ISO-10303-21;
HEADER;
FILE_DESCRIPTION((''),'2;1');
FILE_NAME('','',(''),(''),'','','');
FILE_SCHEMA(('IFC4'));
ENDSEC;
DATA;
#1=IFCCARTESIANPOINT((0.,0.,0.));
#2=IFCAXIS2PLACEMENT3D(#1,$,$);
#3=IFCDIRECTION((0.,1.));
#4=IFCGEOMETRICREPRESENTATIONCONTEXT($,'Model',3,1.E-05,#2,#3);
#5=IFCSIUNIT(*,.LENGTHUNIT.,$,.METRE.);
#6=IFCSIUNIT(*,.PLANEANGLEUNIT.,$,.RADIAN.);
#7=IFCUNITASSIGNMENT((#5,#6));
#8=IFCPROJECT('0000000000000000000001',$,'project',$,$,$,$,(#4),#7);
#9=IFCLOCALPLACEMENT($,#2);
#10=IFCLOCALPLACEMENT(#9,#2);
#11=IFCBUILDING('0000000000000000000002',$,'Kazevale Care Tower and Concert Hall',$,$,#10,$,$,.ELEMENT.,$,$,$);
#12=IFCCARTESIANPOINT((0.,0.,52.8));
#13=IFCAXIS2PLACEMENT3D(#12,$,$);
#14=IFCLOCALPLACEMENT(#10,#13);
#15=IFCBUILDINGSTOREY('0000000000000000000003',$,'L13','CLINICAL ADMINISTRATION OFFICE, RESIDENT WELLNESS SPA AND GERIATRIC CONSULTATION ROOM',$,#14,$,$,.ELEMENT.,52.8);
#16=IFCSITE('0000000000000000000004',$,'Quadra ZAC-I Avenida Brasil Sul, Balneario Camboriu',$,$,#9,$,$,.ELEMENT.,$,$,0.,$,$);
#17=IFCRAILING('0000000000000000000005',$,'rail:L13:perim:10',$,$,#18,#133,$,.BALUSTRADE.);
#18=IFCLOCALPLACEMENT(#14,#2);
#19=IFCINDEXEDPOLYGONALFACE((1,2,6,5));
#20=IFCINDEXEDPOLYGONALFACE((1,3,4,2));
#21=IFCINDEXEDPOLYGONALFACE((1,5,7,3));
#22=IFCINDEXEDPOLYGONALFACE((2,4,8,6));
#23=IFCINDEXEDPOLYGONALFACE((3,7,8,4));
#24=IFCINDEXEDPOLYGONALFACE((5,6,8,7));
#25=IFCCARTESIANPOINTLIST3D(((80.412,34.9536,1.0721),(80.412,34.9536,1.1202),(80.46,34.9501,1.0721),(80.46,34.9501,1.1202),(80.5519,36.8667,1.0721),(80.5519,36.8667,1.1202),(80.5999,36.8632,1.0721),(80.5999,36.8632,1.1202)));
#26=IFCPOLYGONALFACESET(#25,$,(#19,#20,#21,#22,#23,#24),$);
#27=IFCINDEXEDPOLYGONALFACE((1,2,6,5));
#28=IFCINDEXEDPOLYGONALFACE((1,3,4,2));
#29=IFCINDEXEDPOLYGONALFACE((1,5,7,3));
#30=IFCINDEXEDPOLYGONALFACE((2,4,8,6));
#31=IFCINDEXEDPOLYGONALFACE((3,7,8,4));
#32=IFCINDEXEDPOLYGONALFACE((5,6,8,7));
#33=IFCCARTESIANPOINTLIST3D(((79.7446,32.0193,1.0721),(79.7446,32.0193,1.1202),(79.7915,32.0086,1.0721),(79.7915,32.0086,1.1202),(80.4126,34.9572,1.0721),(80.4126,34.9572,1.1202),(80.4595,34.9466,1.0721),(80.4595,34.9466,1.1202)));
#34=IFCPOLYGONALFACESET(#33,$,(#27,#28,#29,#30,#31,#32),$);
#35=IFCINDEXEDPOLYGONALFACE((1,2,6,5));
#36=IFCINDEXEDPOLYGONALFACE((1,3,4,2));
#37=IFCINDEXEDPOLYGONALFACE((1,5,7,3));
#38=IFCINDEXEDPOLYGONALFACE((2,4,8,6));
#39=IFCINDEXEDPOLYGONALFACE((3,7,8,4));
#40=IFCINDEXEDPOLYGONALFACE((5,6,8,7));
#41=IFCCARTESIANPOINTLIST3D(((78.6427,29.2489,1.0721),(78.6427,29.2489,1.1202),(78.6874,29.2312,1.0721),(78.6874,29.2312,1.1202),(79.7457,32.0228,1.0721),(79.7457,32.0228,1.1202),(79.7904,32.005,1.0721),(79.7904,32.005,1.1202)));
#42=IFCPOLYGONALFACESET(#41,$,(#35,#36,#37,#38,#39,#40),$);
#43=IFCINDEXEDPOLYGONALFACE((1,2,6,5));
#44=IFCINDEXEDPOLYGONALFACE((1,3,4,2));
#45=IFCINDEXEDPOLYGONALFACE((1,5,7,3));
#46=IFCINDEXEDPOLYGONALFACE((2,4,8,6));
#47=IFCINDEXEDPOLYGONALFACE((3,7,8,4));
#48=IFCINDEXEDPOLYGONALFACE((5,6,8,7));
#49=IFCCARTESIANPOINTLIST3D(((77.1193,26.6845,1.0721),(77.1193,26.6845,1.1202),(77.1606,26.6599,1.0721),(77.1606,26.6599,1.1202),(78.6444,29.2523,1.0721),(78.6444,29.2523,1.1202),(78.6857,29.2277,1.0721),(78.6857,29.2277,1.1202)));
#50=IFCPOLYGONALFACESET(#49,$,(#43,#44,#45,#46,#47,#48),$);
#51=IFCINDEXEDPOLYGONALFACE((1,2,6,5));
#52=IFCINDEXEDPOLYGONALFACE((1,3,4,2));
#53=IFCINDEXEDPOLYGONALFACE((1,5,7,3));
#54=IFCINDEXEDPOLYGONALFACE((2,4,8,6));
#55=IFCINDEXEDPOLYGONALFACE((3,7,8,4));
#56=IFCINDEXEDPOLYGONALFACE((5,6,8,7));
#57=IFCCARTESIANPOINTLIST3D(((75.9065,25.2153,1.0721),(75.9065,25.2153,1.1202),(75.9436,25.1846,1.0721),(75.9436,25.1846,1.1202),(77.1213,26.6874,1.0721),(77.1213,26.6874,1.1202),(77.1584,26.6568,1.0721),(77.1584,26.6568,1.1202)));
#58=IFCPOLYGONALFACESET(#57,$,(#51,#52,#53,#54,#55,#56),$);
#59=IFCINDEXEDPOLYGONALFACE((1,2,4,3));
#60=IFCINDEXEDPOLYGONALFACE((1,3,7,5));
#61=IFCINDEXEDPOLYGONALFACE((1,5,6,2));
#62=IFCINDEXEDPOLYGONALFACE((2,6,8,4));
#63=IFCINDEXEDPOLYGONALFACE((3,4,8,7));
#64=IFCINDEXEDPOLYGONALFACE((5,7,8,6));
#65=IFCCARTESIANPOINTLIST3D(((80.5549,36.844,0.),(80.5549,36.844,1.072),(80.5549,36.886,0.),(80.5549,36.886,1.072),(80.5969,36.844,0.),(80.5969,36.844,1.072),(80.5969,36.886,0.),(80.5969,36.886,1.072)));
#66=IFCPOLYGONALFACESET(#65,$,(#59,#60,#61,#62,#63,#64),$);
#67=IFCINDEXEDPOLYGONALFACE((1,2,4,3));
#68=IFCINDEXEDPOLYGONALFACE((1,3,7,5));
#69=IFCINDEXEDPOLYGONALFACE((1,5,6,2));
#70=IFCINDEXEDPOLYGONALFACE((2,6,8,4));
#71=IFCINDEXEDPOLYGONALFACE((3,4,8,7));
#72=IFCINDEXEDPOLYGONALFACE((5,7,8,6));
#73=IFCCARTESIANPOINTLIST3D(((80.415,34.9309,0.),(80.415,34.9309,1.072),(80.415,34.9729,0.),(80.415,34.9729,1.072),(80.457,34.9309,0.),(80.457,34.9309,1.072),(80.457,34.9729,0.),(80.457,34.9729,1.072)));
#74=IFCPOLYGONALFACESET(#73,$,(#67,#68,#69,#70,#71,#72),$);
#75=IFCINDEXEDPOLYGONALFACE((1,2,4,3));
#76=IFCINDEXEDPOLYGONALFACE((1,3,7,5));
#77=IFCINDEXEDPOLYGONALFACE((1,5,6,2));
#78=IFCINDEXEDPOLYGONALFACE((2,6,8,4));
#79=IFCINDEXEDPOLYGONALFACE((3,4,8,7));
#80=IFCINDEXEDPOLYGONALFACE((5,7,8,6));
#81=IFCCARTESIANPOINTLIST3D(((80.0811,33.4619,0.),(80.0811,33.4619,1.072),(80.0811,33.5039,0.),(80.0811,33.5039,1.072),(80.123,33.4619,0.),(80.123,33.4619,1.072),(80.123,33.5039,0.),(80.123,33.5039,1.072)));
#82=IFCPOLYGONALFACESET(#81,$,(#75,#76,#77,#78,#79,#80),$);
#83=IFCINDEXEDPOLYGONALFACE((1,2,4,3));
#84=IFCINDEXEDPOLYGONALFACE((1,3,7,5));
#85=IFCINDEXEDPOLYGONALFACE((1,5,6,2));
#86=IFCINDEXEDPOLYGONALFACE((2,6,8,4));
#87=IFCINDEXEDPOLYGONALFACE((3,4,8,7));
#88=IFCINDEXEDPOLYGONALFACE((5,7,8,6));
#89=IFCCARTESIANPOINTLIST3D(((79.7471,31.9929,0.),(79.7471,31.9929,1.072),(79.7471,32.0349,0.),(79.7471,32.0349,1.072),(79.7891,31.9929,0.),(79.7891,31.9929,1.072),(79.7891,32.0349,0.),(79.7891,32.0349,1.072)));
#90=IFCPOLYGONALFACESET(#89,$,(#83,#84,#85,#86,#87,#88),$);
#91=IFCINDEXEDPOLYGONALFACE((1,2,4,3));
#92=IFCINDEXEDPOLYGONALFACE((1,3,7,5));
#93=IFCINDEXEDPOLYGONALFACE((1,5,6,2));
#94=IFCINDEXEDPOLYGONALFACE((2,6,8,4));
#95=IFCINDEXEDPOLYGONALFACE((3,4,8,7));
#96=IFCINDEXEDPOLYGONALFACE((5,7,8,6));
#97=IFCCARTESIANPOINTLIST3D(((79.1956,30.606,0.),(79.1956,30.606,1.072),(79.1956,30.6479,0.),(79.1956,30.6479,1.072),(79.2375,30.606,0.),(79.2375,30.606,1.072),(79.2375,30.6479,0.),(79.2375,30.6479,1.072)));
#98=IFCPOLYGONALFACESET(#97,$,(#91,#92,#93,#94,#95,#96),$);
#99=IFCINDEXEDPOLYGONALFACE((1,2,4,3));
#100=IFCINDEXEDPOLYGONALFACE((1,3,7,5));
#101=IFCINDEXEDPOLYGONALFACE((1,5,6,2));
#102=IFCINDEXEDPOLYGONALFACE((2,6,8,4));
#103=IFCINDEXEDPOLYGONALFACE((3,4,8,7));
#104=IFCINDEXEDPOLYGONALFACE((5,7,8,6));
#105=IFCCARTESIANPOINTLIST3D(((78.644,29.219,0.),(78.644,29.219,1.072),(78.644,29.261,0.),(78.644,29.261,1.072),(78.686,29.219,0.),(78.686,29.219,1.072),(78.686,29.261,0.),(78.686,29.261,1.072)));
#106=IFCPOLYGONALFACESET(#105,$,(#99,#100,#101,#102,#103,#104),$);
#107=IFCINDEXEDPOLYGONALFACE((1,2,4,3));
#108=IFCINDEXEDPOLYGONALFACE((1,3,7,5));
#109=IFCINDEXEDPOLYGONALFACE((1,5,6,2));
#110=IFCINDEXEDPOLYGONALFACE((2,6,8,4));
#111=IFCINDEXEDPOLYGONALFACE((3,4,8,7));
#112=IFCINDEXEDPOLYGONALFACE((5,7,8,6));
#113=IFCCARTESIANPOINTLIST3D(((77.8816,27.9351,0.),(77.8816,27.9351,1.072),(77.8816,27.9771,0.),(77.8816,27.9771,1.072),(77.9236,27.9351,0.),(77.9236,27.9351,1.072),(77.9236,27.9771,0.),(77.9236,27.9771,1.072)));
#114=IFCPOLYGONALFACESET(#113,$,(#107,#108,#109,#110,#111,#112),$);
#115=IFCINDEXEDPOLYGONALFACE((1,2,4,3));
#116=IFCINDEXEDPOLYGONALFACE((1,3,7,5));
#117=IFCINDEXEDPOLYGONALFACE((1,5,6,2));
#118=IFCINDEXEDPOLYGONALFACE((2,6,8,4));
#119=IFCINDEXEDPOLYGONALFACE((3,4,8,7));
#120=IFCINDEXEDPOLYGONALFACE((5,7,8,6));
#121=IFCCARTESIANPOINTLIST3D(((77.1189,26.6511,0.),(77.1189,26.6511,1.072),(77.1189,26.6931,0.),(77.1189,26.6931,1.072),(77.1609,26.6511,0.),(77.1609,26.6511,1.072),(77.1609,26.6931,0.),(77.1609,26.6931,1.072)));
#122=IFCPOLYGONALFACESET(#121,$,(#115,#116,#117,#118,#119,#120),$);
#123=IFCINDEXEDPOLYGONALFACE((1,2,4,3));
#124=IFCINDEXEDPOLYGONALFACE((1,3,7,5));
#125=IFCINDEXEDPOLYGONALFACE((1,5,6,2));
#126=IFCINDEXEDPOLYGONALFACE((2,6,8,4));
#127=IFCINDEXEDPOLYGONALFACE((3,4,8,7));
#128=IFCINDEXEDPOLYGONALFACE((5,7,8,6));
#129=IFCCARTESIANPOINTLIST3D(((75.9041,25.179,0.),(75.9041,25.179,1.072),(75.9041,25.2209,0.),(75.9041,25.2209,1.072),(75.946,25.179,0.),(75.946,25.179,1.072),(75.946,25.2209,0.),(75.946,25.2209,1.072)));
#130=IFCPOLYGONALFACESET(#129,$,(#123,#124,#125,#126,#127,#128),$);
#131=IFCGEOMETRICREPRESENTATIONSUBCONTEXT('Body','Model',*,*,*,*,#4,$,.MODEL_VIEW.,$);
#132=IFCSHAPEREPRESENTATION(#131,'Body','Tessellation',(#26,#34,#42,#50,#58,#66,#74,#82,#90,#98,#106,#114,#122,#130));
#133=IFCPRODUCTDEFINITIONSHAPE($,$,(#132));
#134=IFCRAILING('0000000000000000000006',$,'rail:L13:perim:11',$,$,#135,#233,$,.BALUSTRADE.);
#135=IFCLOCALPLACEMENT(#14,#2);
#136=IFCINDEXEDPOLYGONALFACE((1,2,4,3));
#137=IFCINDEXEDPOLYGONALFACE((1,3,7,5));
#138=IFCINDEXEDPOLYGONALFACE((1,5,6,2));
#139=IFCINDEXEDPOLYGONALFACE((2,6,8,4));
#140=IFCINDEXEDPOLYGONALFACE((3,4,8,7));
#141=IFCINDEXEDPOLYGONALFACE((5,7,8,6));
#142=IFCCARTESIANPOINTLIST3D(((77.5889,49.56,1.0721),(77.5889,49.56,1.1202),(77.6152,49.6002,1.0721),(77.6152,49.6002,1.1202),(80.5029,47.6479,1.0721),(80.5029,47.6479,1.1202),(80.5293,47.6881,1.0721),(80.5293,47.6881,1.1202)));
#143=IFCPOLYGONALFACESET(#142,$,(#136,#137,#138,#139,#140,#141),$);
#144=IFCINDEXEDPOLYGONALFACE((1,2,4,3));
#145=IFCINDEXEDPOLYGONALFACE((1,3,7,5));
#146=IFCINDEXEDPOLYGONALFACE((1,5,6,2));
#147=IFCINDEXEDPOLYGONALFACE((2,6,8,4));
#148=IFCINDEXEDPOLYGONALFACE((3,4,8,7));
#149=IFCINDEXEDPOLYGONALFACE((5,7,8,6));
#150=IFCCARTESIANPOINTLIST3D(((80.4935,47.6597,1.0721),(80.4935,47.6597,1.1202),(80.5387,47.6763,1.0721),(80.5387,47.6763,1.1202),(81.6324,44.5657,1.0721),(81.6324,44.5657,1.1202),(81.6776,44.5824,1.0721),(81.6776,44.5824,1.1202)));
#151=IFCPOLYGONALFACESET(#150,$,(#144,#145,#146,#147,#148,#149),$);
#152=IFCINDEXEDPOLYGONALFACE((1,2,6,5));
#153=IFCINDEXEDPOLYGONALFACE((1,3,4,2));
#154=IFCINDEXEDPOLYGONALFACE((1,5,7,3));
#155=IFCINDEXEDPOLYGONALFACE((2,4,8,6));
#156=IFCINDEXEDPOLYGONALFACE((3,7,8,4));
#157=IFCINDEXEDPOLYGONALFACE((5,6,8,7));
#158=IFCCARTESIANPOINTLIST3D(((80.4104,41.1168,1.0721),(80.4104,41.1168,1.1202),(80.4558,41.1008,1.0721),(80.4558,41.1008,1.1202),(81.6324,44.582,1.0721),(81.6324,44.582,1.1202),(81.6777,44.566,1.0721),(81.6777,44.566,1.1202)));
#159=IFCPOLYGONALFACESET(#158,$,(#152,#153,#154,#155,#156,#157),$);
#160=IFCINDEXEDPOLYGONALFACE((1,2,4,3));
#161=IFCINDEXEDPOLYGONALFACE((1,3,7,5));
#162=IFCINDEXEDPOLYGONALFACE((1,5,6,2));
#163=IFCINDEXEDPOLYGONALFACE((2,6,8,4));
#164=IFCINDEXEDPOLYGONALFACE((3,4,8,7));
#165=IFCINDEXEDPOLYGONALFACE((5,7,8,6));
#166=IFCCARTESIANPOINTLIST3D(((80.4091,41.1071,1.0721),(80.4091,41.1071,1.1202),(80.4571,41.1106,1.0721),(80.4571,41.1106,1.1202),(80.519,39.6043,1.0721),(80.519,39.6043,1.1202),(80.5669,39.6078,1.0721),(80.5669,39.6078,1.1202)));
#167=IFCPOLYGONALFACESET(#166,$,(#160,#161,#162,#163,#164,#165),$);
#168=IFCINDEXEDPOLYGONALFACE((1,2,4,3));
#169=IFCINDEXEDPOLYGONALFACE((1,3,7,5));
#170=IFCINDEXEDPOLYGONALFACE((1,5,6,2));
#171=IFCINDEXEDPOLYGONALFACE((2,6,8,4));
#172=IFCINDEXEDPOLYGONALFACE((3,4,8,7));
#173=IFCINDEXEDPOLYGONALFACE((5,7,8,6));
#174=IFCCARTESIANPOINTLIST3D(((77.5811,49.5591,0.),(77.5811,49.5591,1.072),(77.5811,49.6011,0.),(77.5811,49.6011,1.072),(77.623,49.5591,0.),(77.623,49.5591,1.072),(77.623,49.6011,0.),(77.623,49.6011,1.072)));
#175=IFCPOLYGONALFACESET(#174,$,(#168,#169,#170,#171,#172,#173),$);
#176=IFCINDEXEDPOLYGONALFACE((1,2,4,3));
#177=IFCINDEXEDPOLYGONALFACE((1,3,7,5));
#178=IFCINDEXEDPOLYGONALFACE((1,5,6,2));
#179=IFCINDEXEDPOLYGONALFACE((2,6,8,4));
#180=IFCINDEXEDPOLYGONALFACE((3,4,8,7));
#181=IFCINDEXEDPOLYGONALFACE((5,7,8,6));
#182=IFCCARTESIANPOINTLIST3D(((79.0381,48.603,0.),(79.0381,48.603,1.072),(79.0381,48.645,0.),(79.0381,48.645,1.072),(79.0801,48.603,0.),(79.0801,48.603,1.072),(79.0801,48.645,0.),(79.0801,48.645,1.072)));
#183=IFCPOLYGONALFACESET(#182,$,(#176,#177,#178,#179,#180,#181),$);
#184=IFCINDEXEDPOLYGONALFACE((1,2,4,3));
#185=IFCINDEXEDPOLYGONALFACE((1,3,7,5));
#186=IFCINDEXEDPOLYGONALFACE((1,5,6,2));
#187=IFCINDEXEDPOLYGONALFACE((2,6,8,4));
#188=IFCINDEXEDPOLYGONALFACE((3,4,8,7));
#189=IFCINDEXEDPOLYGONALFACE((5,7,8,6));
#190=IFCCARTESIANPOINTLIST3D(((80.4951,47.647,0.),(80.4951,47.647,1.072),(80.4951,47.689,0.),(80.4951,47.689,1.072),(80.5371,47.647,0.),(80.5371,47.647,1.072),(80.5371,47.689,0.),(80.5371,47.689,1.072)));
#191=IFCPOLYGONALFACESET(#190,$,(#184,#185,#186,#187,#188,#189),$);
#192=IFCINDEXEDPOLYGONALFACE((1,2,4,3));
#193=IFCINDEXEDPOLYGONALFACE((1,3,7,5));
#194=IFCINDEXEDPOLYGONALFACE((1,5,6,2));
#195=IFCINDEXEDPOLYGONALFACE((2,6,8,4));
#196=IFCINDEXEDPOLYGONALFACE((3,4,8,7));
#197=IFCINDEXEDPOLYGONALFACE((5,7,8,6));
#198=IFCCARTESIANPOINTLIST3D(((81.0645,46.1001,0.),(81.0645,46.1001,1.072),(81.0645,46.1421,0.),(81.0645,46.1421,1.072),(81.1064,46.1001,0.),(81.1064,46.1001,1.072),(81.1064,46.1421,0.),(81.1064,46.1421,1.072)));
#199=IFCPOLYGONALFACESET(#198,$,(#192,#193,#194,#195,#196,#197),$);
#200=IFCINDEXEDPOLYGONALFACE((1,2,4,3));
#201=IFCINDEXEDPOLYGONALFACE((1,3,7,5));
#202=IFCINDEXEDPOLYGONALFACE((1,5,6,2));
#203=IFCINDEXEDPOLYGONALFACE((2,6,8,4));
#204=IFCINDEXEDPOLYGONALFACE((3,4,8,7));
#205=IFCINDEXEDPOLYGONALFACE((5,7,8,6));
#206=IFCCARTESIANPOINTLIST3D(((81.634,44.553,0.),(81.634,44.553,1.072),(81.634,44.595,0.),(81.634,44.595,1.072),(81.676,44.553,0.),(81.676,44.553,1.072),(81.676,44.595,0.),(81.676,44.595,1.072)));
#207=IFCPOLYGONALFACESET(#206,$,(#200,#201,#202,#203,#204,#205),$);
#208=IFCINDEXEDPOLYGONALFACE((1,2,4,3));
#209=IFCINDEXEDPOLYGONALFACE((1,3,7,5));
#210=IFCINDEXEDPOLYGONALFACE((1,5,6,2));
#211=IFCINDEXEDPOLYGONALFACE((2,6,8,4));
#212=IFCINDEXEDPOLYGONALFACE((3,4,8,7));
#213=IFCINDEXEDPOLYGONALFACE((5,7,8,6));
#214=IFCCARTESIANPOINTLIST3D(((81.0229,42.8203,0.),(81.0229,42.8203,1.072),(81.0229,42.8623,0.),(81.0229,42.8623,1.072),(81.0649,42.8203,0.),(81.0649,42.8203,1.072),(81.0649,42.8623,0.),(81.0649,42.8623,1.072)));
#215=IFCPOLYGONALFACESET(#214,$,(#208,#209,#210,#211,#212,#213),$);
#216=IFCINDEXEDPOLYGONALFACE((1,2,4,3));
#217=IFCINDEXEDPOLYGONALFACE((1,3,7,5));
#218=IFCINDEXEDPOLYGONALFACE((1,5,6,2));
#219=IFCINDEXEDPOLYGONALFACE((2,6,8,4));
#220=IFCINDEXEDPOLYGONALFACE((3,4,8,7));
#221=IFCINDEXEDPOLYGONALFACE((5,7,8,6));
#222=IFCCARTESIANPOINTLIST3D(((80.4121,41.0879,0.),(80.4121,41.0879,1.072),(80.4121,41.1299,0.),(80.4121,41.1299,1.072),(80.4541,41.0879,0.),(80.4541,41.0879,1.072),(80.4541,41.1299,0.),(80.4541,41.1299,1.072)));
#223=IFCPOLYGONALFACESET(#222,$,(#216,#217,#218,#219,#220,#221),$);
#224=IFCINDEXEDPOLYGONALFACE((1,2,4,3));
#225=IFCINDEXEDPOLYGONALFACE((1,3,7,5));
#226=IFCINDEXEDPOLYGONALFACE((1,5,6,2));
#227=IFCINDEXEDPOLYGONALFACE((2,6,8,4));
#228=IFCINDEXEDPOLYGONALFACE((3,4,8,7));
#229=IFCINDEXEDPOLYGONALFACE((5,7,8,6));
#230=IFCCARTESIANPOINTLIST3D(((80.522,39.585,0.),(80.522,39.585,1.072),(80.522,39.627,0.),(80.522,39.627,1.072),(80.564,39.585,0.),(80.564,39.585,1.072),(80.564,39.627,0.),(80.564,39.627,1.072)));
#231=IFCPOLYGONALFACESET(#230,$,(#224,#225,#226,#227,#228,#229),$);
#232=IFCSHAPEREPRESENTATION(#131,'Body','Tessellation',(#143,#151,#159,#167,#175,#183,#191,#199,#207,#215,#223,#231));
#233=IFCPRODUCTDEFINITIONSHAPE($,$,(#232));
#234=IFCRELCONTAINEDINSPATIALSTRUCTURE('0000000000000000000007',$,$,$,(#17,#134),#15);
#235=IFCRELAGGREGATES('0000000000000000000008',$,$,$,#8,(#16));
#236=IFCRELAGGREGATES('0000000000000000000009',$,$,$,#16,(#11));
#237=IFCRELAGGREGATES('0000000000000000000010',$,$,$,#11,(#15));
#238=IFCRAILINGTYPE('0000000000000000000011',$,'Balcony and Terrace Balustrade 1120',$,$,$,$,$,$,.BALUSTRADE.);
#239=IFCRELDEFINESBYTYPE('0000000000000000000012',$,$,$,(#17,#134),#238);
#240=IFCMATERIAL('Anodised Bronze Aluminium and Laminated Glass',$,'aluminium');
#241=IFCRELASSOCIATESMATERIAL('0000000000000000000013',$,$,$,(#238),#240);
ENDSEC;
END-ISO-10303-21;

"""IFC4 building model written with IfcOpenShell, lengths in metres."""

from ifc_helpers import new_model, si_unit, direction, frame, origin, origin_2d, place, context, subcontext, project, spatial, rectangle, extrude, material, type_object, element, save


model = new_model("IFC4")

# Units and contexts
model_context = context("Model", 3, precision=1e-05, world=origin(), true_north=direction((0.0, 1.0)))
body_context = subcontext(model_context, "Body", "Model", "MODEL_VIEW")
ifc_project = project(units=[si_unit("LENGTHUNIT", "METRE"), si_unit("PLANEANGLEUNIT", "RADIAN")], contexts=[model_context])

# Site, building, storey
site_placement = place(None, origin())
site = spatial("IfcSite", under=ifc_project, at=site_placement, Name="Quadra ZAC-I Avenida Brasil Sul, Balneario Camboriu", CompositionType="ELEMENT", RefElevation=0.0)
building_placement = place(site_placement, origin())
building = spatial("IfcBuilding", under=site, at=building_placement, Name="Kazevale Care Tower and Concert Hall", CompositionType="ELEMENT")
storey_placement = place(building_placement, frame((0.0, 0.0, 52.8)))
storey = spatial("IfcBuildingStorey", under=building, at=storey_placement, Name="L13", Description="CLINICAL ADMINISTRATION OFFICE, RESIDENT WELLNESS SPA AND GERIATRIC CONSULTATION ROOM", CompositionType="ELEMENT", Elevation=52.8)

# Railings
ifc_material_1 = material(Name="Anodised Bronze Aluminium and Laminated Glass", Category="aluminium")
railing_type = type_object("IfcRailingType", Name="Balcony and Terrace Balustrade 1120", PredefinedType="BALUSTRADE", material=ifc_material_1)
railing_1_placement = place(storey_placement, frame((80.5759, 36.865, 0.0)))
element("IfcRailing", 1, at=railing_1_placement, inside=storey, type_object=railing_type, Name="rail:L13:perim:10", PredefinedType="BALUSTRADE", context=body_context, shape_type="SweptSolid", body=[
    extrude(rectangle(XDim=0.0481, YDim=0.0481, at=origin_2d()), frame((0.0, 0.0, 1.0962), z_axis=(-0.072929, -0.997337, 0.0), x_axis=(0.997337, -0.072929, 0.0)), (0.0, 0.0, 1.0), 1.9182),
    extrude(rectangle(XDim=0.0481, YDim=0.0481, at=origin_2d()), frame((-0.1399, -1.9131, 1.0962), z_axis=(-0.221698, -0.975115, 0.0), x_axis=(0.975115, -0.221698, 0.0)), (0.0, 0.0, 1.0), 3.0129),
    extrude(rectangle(XDim=0.0481, YDim=0.0481, at=origin_2d()), frame((-0.8079, -4.8511, 1.0962), z_axis=(-0.3695, -0.929231, 0.0), x_axis=(0.929231, -0.3695, 0.0)), (0.0, 0.0, 1.0), 2.9851),
    extrude(rectangle(XDim=0.0481, YDim=0.0481, at=origin_2d()), frame((-1.9109, -7.625, 1.0962), z_axis=(-0.510656, -0.859785, 0.0), x_axis=(0.859785, -0.510656, 0.0)), (0.0, 0.0, 1.0), 2.9866),
    extrude(rectangle(XDim=0.0481, YDim=0.0481, at=origin_2d()), frame((-3.436, -10.1929, 1.0962), z_axis=(-0.636478, -0.771295, 0.0), x_axis=(0.771295, -0.636478, 0.0)), (0.0, 0.0, 1.0), 1.9087),
    extrude(rectangle(XDim=0.042, YDim=0.042, at=origin_2d()), origin(), (0.0, 0.0, 1.0), 1.072),
    extrude(rectangle(XDim=0.042, YDim=0.042, at=origin_2d()), frame((-0.1399, -1.9131, 0.0)), (0.0, 0.0, 1.0), 1.072),
    extrude(rectangle(XDim=0.042, YDim=0.042, at=origin_2d()), frame((-0.4739, -3.3821, 0.0)), (0.0, 0.0, 1.0), 1.072),
    extrude(rectangle(XDim=0.042, YDim=0.042, at=origin_2d()), frame((-0.8079, -4.8511, 0.0)), (0.0, 0.0, 1.0), 1.072),
    extrude(rectangle(XDim=0.042, YDim=0.042, at=origin_2d()), frame((-1.3594, -6.238, 0.0)), (0.0, 0.0, 1.0), 1.072),
    extrude(rectangle(XDim=0.042, YDim=0.042, at=origin_2d()), frame((-1.9109, -7.625, 0.0)), (0.0, 0.0, 1.0), 1.072),
    extrude(rectangle(XDim=0.042, YDim=0.042, at=origin_2d()), frame((-2.6733, -8.9089, 0.0)), (0.0, 0.0, 1.0), 1.072),
    extrude(rectangle(XDim=0.042, YDim=0.042, at=origin_2d()), frame((-3.436, -10.1929, 0.0)), (0.0, 0.0, 1.0), 1.072),
    extrude(rectangle(XDim=0.042, YDim=0.042, at=origin_2d()), frame((-4.6509, -11.665, 0.0)), (0.0, 0.0, 1.0), 1.072),
])
railing_2_placement = place(storey_placement, frame((77.6021, 49.5801, 0.0)))
element("IfcRailing", 2, at=railing_2_placement, inside=storey, type_object=railing_type, Name="rail:L13:perim:11", PredefinedType="BALUSTRADE", context=body_context, shape_type="SweptSolid", body=[
    extrude(rectangle(XDim=0.0481, YDim=0.0481, at=origin_2d()), frame((0.0, 0.0, 1.0962), z_axis=(0.83608, -0.548607, 0.0), x_axis=(0.548607, 0.83608, 0.0)), (0.0, 0.0, 1.0), 3.4854),
    extrude(rectangle(XDim=0.0481, YDim=0.0481, at=origin_2d()), frame((2.9141, -1.9121, 1.0962), z_axis=(0.345445, -0.938439, 0.0), x_axis=(0.938439, 0.345445, 0.0)), (0.0, 0.0, 1.0), 3.2969),
    extrude(rectangle(XDim=0.0481, YDim=0.0481, at=origin_2d()), frame((4.053, -5.0061, 1.0962), z_axis=(-0.332566, -0.94308, 0.0), x_axis=(0.94308, -0.332566, 0.0)), (0.0, 0.0, 1.0), 3.6743),
    extrude(rectangle(XDim=0.0481, YDim=0.0481, at=origin_2d()), frame((2.8311, -8.4712, 1.0962), z_axis=(0.072905, -0.997339, 0.0), x_axis=(0.997339, 0.072905, 0.0)), (0.0, 0.0, 1.0), 1.5068),
    extrude(rectangle(XDim=0.042, YDim=0.042, at=origin_2d()), origin(), (0.0, 0.0, 1.0), 1.072),
    extrude(rectangle(XDim=0.042, YDim=0.042, at=origin_2d()), frame((1.457, -0.9561, 0.0)), (0.0, 0.0, 1.0), 1.072),
    extrude(rectangle(XDim=0.042, YDim=0.042, at=origin_2d()), frame((2.9141, -1.9121, 0.0)), (0.0, 0.0, 1.0), 1.072),
    extrude(rectangle(XDim=0.042, YDim=0.042, at=origin_2d()), frame((3.4834, -3.459, 0.0)), (0.0, 0.0, 1.0), 1.072),
    extrude(rectangle(XDim=0.042, YDim=0.042, at=origin_2d()), frame((4.053, -5.0061, 0.0)), (0.0, 0.0, 1.0), 1.072),
    extrude(rectangle(XDim=0.042, YDim=0.042, at=origin_2d()), frame((3.4419, -6.7388, 0.0)), (0.0, 0.0, 1.0), 1.072),
    extrude(rectangle(XDim=0.042, YDim=0.042, at=origin_2d()), frame((2.8311, -8.4712, 0.0)), (0.0, 0.0, 1.0), 1.072),
    extrude(rectangle(XDim=0.042, YDim=0.042, at=origin_2d()), frame((2.9409, -9.9741, 0.0)), (0.0, 0.0, 1.0), 1.072),
])

save(model, "model.ifc")
